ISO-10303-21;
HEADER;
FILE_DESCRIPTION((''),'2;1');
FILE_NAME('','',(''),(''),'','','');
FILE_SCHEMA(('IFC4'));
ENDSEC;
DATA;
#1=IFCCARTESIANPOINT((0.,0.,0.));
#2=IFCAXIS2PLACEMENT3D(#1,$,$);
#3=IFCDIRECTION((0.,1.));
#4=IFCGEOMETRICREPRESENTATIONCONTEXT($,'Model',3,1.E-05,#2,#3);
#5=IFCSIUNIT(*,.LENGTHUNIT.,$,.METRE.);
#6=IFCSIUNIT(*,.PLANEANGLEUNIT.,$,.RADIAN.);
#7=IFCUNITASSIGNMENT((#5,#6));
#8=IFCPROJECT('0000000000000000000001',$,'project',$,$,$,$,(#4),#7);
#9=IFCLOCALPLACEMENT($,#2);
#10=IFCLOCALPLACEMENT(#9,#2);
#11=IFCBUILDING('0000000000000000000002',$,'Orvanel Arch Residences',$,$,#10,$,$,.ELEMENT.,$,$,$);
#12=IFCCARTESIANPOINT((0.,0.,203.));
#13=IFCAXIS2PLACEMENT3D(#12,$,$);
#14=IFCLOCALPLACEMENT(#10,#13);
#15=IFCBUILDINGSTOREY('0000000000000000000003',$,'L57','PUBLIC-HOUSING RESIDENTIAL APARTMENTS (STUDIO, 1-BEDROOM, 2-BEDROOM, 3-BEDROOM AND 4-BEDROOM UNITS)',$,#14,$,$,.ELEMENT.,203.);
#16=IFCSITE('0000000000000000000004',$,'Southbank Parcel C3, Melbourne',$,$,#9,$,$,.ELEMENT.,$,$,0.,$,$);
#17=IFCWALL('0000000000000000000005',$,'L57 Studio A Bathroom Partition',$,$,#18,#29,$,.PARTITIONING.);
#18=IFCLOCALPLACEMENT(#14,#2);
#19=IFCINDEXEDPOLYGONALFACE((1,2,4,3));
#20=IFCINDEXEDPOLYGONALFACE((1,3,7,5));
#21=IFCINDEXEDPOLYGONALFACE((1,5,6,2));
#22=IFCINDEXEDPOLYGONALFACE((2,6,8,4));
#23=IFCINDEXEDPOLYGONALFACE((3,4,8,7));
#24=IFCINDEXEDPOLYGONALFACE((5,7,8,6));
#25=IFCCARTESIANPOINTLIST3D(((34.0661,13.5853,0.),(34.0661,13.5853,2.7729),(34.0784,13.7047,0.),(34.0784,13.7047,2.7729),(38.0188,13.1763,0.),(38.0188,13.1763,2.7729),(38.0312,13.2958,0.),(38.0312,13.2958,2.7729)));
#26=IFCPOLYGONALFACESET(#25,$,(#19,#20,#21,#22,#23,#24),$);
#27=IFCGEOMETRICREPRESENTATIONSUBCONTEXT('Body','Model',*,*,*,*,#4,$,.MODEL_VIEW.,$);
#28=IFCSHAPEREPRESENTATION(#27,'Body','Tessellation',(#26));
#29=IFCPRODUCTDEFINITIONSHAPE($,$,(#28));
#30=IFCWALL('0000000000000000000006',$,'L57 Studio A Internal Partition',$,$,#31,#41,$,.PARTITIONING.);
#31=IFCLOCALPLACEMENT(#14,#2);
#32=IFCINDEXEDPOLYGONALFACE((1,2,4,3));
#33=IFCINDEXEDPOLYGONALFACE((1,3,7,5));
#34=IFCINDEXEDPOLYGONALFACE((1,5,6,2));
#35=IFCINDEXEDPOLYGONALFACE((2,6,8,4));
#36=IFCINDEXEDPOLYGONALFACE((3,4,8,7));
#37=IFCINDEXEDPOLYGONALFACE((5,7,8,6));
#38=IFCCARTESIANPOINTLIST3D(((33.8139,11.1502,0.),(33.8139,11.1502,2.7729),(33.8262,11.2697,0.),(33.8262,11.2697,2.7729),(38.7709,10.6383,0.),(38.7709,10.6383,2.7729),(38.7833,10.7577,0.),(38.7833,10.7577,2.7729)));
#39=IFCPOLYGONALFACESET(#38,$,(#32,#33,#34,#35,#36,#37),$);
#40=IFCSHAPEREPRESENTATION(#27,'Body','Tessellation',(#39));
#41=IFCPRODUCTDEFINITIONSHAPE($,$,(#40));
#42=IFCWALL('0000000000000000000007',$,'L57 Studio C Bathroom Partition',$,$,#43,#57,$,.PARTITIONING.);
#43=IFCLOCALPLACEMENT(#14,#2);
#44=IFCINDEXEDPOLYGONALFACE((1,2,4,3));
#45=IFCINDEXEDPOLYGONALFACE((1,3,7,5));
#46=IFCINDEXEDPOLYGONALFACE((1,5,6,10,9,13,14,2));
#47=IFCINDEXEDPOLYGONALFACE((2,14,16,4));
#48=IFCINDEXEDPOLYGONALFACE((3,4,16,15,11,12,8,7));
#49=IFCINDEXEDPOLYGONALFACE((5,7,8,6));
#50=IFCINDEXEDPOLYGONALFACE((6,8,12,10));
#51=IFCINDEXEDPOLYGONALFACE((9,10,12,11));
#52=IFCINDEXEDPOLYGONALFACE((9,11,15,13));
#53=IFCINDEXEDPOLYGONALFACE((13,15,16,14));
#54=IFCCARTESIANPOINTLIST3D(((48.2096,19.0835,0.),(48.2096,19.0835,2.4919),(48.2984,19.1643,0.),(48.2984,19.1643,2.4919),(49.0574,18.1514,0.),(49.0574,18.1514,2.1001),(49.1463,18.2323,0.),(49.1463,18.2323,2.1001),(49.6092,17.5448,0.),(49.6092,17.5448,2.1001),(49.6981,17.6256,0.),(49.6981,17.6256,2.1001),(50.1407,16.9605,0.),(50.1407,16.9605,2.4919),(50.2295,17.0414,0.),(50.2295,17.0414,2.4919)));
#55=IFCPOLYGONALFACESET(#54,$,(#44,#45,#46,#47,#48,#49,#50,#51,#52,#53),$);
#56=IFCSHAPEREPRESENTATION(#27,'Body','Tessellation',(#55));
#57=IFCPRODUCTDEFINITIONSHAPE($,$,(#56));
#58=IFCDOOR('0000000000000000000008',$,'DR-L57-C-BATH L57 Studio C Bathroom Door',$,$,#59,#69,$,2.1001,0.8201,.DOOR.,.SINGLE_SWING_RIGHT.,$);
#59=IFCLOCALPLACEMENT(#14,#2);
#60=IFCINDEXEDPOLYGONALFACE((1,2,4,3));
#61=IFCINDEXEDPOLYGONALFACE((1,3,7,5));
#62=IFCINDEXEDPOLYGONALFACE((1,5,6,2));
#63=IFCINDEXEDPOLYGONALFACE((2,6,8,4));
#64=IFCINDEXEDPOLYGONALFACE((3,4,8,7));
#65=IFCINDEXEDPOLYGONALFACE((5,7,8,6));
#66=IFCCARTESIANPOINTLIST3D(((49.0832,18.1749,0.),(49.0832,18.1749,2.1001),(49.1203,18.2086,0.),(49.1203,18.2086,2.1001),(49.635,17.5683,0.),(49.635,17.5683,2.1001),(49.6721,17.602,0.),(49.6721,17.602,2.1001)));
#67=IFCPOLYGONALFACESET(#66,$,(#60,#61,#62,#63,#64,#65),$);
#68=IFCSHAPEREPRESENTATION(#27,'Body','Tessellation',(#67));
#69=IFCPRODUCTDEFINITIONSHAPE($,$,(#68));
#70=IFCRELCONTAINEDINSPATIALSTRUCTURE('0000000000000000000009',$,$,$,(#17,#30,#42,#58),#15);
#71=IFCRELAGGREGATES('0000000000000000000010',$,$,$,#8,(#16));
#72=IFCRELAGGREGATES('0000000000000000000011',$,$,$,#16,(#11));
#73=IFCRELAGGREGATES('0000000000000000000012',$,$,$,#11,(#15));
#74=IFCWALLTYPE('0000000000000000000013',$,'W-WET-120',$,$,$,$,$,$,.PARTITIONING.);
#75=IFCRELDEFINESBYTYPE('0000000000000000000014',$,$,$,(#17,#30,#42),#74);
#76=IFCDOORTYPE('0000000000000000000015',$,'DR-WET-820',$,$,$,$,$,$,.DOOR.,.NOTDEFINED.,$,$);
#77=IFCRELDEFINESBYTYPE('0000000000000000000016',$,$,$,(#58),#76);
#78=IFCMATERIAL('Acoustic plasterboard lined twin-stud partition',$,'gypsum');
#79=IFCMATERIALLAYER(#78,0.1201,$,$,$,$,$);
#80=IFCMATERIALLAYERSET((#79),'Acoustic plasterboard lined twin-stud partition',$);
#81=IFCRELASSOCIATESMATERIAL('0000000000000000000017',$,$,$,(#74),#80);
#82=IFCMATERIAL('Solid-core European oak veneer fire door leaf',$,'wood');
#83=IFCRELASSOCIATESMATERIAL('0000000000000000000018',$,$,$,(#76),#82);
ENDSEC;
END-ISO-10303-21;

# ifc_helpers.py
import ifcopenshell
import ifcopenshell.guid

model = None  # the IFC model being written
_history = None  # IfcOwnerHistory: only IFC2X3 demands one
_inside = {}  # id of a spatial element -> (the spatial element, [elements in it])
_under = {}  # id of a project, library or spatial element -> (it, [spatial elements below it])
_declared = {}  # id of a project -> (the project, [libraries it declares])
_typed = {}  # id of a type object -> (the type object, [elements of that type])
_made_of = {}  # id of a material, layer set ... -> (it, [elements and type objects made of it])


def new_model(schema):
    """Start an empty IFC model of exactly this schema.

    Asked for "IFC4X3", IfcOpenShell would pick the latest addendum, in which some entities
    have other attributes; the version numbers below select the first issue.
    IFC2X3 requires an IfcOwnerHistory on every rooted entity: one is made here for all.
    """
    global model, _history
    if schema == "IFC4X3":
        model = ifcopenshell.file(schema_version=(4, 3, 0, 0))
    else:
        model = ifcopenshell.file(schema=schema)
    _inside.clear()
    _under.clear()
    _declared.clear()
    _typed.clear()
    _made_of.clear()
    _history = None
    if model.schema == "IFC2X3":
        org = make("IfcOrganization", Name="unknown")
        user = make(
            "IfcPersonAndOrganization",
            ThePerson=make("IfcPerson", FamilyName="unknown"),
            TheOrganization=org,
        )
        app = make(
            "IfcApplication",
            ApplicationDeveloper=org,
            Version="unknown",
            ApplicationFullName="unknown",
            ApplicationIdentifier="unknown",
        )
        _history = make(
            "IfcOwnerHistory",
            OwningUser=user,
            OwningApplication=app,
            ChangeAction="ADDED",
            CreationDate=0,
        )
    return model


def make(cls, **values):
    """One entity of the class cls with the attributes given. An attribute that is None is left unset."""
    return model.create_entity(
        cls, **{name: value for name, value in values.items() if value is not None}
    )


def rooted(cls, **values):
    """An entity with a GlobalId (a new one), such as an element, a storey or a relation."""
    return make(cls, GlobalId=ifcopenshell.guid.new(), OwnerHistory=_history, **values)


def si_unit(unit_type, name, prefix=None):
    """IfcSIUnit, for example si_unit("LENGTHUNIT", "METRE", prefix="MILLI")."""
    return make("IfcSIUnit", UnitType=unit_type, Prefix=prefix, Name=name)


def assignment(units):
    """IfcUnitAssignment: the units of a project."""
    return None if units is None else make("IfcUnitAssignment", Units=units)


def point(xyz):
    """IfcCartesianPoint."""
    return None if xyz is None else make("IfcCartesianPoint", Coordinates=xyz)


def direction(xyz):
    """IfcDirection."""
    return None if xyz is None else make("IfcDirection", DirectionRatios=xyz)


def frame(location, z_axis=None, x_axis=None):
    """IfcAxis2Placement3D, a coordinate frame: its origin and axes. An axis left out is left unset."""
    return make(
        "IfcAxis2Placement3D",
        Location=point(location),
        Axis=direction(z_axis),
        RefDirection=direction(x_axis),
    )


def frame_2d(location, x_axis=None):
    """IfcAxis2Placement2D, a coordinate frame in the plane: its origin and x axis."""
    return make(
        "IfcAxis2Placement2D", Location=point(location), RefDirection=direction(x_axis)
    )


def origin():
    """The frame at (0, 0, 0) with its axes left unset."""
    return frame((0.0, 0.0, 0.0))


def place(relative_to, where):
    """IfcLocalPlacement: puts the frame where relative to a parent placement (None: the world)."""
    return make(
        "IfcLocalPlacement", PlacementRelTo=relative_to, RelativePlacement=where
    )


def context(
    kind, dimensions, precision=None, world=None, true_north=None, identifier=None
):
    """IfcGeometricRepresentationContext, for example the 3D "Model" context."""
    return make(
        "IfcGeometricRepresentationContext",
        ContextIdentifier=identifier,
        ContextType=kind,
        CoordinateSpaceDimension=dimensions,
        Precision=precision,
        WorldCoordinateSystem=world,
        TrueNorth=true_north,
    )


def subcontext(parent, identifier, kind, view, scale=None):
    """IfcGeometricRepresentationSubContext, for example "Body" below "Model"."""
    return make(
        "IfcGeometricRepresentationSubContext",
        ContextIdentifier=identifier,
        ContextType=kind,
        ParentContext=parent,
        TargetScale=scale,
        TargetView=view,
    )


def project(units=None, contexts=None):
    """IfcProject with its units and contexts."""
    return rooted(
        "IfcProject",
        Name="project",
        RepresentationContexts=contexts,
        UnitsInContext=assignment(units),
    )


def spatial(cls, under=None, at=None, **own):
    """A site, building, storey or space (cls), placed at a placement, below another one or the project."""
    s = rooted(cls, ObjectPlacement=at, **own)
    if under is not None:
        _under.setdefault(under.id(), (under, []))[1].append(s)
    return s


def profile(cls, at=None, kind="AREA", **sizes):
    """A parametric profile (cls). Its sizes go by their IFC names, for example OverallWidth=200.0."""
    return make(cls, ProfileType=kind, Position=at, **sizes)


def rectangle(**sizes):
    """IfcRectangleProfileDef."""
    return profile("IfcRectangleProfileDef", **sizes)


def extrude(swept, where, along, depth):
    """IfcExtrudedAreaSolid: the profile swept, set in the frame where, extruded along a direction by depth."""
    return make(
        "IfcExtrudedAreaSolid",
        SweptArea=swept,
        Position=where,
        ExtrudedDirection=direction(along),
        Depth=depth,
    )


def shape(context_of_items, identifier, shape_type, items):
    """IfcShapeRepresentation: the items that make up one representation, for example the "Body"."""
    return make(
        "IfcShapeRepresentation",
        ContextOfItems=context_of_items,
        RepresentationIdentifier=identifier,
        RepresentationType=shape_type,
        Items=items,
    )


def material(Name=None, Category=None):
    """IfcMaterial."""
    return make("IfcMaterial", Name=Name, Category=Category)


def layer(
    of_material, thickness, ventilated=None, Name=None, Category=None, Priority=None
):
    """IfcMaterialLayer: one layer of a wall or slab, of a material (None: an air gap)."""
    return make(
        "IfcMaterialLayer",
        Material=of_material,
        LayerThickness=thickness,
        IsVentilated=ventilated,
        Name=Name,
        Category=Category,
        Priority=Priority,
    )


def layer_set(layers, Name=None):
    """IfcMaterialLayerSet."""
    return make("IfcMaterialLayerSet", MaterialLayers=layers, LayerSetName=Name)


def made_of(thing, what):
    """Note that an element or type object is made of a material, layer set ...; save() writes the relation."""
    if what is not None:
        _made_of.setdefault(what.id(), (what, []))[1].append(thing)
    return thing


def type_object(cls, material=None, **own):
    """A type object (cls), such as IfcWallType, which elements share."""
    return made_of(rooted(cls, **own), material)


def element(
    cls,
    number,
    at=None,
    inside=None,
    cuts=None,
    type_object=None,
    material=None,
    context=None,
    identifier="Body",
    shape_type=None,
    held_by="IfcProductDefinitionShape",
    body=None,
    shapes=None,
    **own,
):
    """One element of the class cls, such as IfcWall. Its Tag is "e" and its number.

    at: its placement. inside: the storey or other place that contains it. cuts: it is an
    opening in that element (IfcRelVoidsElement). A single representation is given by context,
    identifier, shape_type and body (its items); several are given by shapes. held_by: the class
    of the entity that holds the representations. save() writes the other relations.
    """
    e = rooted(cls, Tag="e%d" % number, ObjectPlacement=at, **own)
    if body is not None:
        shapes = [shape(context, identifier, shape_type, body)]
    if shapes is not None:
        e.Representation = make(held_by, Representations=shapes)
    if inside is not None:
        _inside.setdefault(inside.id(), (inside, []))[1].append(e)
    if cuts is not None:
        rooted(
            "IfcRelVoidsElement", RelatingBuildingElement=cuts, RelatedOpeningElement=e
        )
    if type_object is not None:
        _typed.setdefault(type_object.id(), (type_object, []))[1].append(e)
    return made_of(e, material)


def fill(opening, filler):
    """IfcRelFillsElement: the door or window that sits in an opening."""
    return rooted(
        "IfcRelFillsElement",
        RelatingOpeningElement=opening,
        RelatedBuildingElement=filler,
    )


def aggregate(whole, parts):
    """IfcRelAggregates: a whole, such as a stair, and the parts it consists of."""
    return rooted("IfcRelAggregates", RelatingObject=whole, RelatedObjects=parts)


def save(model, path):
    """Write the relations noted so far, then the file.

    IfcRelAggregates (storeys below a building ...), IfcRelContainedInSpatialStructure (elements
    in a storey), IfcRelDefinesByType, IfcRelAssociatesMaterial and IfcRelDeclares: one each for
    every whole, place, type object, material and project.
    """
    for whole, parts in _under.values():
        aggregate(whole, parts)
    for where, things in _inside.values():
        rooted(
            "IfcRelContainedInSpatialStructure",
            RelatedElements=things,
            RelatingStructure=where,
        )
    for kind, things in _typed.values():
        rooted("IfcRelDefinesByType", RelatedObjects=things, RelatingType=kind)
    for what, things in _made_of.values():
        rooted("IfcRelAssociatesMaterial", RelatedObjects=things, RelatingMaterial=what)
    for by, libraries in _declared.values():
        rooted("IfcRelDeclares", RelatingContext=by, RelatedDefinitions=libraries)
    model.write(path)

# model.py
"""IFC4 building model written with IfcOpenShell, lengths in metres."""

from ifc_helpers import new_model, si_unit, direction, frame, frame_2d, origin, place, context, subcontext, project, spatial, rectangle, extrude, material, layer, layer_set, type_object, element, fill, save


model = new_model("IFC4")

# Units and contexts
model_context = context("Model", 3, precision=1e-05, world=origin(), true_north=direction((0.0, 1.0)))
body_context = subcontext(model_context, "Body", "Model", "MODEL_VIEW")
ifc_project = project(units=[si_unit("LENGTHUNIT", "METRE"), si_unit("PLANEANGLEUNIT", "RADIAN")], contexts=[model_context])

# Site, building, storey
site_placement = place(None, origin())
site = spatial("IfcSite", under=ifc_project, at=site_placement, Name="Southbank Parcel C3, Melbourne", CompositionType="ELEMENT", RefElevation=0.0)
building_placement = place(site_placement, origin())
building = spatial("IfcBuilding", under=site, at=building_placement, Name="Orvanel Arch Residences", CompositionType="ELEMENT")
storey_placement = place(building_placement, frame((0.0, 0.0, 203.0)))
storey = spatial("IfcBuildingStorey", under=building, at=storey_placement, Name="L57", Description="PUBLIC-HOUSING RESIDENTIAL APARTMENTS (STUDIO, 1-BEDROOM, 2-BEDROOM, 3-BEDROOM AND 4-BEDROOM UNITS)", CompositionType="ELEMENT", Elevation=203.0)

# Shared definitions
ifc_material_1 = material(Name="Solid-core European oak veneer fire door leaf", Category="wood")

# Shared definitions
ifc_material_2 = material(Name="Acoustic plasterboard lined twin-stud partition", Category="gypsum")

# Shared definitions
ifc_layer_1 = layer(ifc_material_2, 0.1201)
ifc_layer_set_1 = layer_set([ifc_layer_1], Name="Acoustic plasterboard lined twin-stud partition")
wall_type_1 = type_object("IfcWallType", Name="W-WET-120", PredefinedType="PARTITIONING", material=ifc_layer_set_1)
door_type_1 = type_object("IfcDoorType", Name="DR-WET-820", OperationType="NOTDEFINED", PredefinedType="DOOR", material=ifc_material_1)

# Walls
wall_1_placement = place(storey_placement, frame((38.0249, 13.2361, 0.0), z_axis=(0.0, 0.0, 1.0), x_axis=(-0.994691, 0.102903, 0.0)))
element("IfcWall", 1, at=wall_1_placement, inside=storey, type_object=wall_type_1, Name="L57 Studio A Bathroom Partition", PredefinedType="PARTITIONING", context=body_context, shape_type="SweptSolid", body=[
    extrude(rectangle(XDim=3.9739, YDim=0.1201, at=frame_2d((1.9868, 0.0))), origin(), (0.0, 0.0, 1.0), 2.7729),
])
wall_2_placement = place(storey_placement, frame((38.7771, 10.698, 0.0), z_axis=(0.0, 0.0, 1.0), x_axis=(-0.994709, 0.102734, 0.0)))
element("IfcWall", 2, at=wall_2_placement, inside=storey, type_object=wall_type_1, Name="L57 Studio A Internal Partition", PredefinedType="PARTITIONING", context=body_context, shape_type="SweptSolid", body=[
    extrude(rectangle(XDim=4.9834, YDim=0.1201, at=frame_2d((2.4917, 0.0))), origin(), (0.0, 0.0, 1.0), 2.7729),
])

# Wall, opening, door
wall_3_placement = place(storey_placement, frame((48.2539, 19.124, 0.0), z_axis=(0.0, 0.0, 1.0), x_axis=(0.672884, -0.739748, 0.0)))
wall_3 = element("IfcWall", 3, at=wall_3_placement, inside=storey, type_object=wall_type_1, Name="L57 Studio C Bathroom Partition", PredefinedType="PARTITIONING", context=body_context, shape_type="SweptSolid", body=[
    extrude(rectangle(XDim=2.8699, YDim=0.1201, at=frame_2d((1.4351, 0.0))), origin(), (0.0, 0.0, 1.0), 2.4919),
])
opening_1_placement = place(wall_3_placement, frame((1.26, 0.0, 0.0)))
opening_1 = element("IfcOpeningElement", 4, at=opening_1_placement, cuts=wall_3, PredefinedType="OPENING", context=body_context, shape_type="SweptSolid", body=[
    extrude(rectangle(XDim=0.8201, YDim=2.1001, at=frame_2d((0.4102, 1.05))), frame((0.0, 0.0701, 0.0), z_axis=(0.0, -1.0, 0.0), x_axis=(1.0, 0.0, 0.0)), (0.0, 0.0, 1.0), 0.1401),
])
door_1_placement = place(opening_1_placement, origin())
door_1 = element("IfcDoor", 5, at=door_1_placement, inside=storey, type_object=door_type_1, Name="DR-L57-C-BATH L57 Studio C Bathroom Door", OperationType="SINGLE_SWING_RIGHT", OverallHeight=2.1001, OverallWidth=0.8201, PredefinedType="DOOR", context=body_context, shape_type="SweptSolid", body=[
    extrude(rectangle(XDim=0.8201, YDim=2.1001, at=frame_2d((0.4102, 1.05))), frame((0.0, 0.0249, 0.0), z_axis=(0.0, -1.0, 0.0), x_axis=(1.0, 0.0, 0.0)), (0.0, 0.0, 1.0), 0.05),
])
fill(opening_1, door_1)

save(model, "model.ifc")
